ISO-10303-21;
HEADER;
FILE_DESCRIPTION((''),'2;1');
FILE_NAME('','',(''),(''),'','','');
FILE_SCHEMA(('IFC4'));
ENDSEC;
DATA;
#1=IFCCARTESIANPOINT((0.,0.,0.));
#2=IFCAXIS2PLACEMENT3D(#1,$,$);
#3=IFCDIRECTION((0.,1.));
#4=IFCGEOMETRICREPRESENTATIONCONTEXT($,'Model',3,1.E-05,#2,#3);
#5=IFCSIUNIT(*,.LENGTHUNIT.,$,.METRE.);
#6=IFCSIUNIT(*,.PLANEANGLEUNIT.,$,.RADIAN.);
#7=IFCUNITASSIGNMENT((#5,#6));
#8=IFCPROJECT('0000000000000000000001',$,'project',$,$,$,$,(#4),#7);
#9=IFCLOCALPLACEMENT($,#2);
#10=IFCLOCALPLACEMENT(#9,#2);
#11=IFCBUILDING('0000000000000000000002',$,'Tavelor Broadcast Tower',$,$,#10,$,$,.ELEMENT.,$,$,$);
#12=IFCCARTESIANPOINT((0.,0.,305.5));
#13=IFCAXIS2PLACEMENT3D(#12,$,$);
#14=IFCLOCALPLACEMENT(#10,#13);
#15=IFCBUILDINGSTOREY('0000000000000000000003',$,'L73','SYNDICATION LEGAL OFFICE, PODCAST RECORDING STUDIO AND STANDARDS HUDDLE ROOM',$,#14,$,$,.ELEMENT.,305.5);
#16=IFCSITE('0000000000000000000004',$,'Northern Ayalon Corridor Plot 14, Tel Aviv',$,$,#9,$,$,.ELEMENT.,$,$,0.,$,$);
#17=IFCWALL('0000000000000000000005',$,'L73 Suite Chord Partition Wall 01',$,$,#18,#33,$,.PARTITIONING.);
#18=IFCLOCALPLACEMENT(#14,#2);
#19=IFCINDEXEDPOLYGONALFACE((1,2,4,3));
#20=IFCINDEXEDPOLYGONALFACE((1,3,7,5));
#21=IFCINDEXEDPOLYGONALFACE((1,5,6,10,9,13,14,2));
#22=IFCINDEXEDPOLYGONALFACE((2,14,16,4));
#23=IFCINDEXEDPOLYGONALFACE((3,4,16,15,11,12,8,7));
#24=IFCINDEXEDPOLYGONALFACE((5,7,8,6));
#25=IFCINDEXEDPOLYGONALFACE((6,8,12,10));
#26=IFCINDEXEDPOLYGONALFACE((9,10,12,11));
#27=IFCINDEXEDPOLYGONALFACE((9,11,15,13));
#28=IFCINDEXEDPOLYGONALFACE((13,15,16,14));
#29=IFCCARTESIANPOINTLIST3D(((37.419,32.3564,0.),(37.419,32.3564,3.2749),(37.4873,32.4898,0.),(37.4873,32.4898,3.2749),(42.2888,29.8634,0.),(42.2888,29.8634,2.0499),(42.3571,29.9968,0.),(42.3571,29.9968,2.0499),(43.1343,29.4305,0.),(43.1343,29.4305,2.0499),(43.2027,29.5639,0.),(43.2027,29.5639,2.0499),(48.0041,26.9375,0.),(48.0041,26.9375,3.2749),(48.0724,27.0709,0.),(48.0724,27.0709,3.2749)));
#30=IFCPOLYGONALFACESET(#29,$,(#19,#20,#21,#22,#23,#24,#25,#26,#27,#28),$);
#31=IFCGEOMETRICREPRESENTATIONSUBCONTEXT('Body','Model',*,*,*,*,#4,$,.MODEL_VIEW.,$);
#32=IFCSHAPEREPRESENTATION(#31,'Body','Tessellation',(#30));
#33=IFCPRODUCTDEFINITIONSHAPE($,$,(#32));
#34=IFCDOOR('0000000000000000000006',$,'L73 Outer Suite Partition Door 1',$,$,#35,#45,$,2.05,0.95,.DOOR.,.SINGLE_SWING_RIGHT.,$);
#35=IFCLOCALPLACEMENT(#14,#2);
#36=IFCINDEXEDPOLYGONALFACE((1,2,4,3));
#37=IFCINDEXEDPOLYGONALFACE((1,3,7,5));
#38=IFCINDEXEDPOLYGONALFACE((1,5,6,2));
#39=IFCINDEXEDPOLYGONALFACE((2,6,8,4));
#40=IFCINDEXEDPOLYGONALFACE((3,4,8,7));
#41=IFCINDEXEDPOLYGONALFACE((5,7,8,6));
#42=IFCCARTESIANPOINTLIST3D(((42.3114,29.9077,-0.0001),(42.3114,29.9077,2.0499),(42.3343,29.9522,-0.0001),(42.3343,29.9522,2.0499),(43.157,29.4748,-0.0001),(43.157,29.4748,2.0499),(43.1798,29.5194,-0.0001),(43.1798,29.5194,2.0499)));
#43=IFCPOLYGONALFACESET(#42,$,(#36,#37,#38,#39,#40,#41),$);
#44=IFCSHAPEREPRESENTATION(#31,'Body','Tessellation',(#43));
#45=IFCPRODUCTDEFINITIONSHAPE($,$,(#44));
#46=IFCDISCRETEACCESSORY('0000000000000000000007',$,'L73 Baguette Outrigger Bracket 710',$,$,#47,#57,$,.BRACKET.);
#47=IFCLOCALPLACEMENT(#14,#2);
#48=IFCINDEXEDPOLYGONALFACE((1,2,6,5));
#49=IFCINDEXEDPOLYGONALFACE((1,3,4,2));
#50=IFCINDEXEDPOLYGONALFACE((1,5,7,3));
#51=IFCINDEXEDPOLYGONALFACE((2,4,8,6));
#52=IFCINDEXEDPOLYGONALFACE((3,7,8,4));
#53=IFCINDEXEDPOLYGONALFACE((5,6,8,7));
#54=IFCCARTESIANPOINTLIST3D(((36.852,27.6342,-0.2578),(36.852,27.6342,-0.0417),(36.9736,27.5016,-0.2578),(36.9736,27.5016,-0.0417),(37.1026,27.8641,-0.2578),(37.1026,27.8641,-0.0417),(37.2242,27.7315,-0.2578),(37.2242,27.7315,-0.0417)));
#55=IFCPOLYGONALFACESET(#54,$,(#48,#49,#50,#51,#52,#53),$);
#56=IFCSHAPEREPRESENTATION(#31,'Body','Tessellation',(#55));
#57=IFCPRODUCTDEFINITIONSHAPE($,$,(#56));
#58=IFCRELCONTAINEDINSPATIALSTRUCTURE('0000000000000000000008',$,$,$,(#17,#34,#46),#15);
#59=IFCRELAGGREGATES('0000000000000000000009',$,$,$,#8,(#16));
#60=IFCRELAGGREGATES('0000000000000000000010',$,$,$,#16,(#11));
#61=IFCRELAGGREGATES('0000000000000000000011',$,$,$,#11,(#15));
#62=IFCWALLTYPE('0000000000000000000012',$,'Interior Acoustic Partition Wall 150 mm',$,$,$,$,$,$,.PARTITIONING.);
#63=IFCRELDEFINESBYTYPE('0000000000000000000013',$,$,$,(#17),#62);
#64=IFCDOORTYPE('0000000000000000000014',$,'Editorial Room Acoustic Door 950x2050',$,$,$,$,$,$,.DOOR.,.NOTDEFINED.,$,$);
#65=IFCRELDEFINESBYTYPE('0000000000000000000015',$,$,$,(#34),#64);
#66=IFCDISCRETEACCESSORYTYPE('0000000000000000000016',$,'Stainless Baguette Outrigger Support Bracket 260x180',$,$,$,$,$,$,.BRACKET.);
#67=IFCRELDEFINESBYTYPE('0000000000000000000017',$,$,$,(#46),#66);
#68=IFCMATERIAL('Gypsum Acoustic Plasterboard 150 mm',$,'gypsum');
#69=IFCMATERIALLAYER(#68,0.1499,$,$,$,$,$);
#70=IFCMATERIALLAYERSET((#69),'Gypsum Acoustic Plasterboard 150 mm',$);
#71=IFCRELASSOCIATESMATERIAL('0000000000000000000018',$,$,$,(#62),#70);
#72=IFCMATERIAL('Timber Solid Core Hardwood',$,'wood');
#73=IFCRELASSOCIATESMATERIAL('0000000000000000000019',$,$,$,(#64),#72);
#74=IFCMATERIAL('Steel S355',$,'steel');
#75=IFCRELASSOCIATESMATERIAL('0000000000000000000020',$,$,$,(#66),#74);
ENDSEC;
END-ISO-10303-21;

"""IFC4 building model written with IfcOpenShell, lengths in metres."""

from ifc_helpers import new_model, si_unit, direction, frame, frame_2d, origin, origin_2d, place, context, subcontext, project, spatial, rectangle, extrude, source, transform, mapped, material, layer, layer_set, type_object, type_shapes, element, fill, save


model = new_model("IFC4")

# Units and contexts
model_context = context("Model", 3, precision=1e-05, world=origin(), true_north=direction((0.0, 1.0)))
body_context = subcontext(model_context, "Body", "Model", "MODEL_VIEW")
ifc_project = project(units=[si_unit("LENGTHUNIT", "METRE"), si_unit("PLANEANGLEUNIT", "RADIAN")], contexts=[model_context])

# Site, building, storey
site_placement = place(None, origin())
site = spatial("IfcSite", under=ifc_project, at=site_placement, Name="Northern Ayalon Corridor Plot 14, Tel Aviv", CompositionType="ELEMENT", RefElevation=0.0)
building_placement = place(site_placement, origin())
building = spatial("IfcBuilding", under=site, at=building_placement, Name="Tavelor Broadcast Tower", CompositionType="ELEMENT")
storey_placement = place(building_placement, frame((0.0, 0.0, 305.5)))
storey = spatial("IfcBuildingStorey", under=building, at=storey_placement, Name="L73", Description="SYNDICATION LEGAL OFFICE, PODCAST RECORDING STUDIO AND STANDARDS HUDDLE ROOM", CompositionType="ELEMENT", Elevation=305.5)

# Shared definitions
ifc_material_1 = material(Name="Steel S355", Category="steel")

# Shared definitions
ifc_material_2 = material(Name="Timber Solid Core Hardwood", Category="wood")

# Shared definitions
ifc_material_3 = material(Name="Gypsum Acoustic Plasterboard 150 mm", Category="gypsum")
ifc_layer_1 = layer(ifc_material_3, 0.1499)
ifc_layer_set_1 = layer_set([ifc_layer_1], Name="Gypsum Acoustic Plasterboard 150 mm")
wall_type_1 = type_object("IfcWallType", Name="Interior Acoustic Partition Wall 150 mm", PredefinedType="PARTITIONING", material=ifc_layer_set_1)

# Wall, opening, door
wall_1_placement = place(storey_placement, frame((37.4531, 32.4231, 0.0), z_axis=(0.0, 0.0, 1.0), x_axis=(0.890137, -0.455693, 0.0)))
wall_1 = element("IfcWall", 1, at=wall_1_placement, inside=storey, type_object=wall_type_1, Name="L73 Suite Chord Partition Wall 01", PredefinedType="PARTITIONING", context=body_context, shape_type="SweptSolid", body=[
    extrude(rectangle(XDim=11.8916, YDim=0.1499, at=frame_2d((5.9458, 0.0))), origin(), (0.0, 0.0, 1.0), 3.2749),
])
opening_1_placement = place(wall_1_placement, frame((5.4707, 0.0, 0.0)))
opening_1 = element("IfcOpeningElement", 2, at=opening_1_placement, cuts=wall_1, PredefinedType="OPENING", context=body_context, shape_type="SweptSolid", body=[
    extrude(rectangle(XDim=0.95, YDim=2.05, at=frame_2d((0.4751, 1.0249))), frame((0.0, 0.085, 0.0), z_axis=(0.0, -1.0, 0.0), x_axis=(1.0, 0.0, 0.0)), (0.0, 0.0, 1.0), 0.1699),
])
door_type_1 = type_object("IfcDoorType", Name="Editorial Room Acoustic Door 950x2050", OperationType="NOTDEFINED", PredefinedType="DOOR", material=ifc_material_2)
door_1_placement = place(opening_1_placement, origin())
door_1 = element("IfcDoor", 3, at=door_1_placement, inside=storey, type_object=door_type_1, Name="L73 Outer Suite Partition Door 1", OperationType="SINGLE_SWING_RIGHT", OverallHeight=2.05, OverallWidth=0.95, PredefinedType="DOOR", context=body_context, shape_type="SweptSolid", body=[
    extrude(rectangle(XDim=0.95, YDim=2.05, at=frame_2d((0.4751, 1.0249))), frame((0.0, 0.0249, 0.0), z_axis=(0.0, -1.0, 0.0), x_axis=(1.0, 0.0, 0.0)), (0.0, 0.0, 1.0), 0.05),
])
fill(opening_1, door_1)

# Discrete accessory
discrete_accessory_type = type_object("IfcDiscreteAccessoryType", Name="Stainless Baguette Outrigger Support Bracket 260x180", PredefinedType="BRACKET", material=ifc_material_1)
shared_shape_1 = source(origin(), body_context, "Body", "SweptSolid", [
    extrude(rectangle(XDim=0.1799, YDim=0.3401, at=origin_2d()), origin(), (0.0, 0.0, 1.0), 0.2161),
])
type_shapes(discrete_accessory_type, [shared_shape_1])
discrete_accessory_placement = place(storey_placement, frame((37.0381, 27.6829, -0.2578), z_axis=(0.0, 0.0, 1.0), x_axis=(0.675976, -0.736923, 0.0)))
element("IfcDiscreteAccessory", 4, at=discrete_accessory_placement, inside=storey, type_object=discrete_accessory_type, Name="L73 Baguette Outrigger Bracket 710", PredefinedType="BRACKET", context=body_context, shape_type="MappedRepresentation", body=[
    mapped(shared_shape_1, transform((0.0, 0.0, 0.0), scale=1.0)),
])

save(model, "model.ifc")
